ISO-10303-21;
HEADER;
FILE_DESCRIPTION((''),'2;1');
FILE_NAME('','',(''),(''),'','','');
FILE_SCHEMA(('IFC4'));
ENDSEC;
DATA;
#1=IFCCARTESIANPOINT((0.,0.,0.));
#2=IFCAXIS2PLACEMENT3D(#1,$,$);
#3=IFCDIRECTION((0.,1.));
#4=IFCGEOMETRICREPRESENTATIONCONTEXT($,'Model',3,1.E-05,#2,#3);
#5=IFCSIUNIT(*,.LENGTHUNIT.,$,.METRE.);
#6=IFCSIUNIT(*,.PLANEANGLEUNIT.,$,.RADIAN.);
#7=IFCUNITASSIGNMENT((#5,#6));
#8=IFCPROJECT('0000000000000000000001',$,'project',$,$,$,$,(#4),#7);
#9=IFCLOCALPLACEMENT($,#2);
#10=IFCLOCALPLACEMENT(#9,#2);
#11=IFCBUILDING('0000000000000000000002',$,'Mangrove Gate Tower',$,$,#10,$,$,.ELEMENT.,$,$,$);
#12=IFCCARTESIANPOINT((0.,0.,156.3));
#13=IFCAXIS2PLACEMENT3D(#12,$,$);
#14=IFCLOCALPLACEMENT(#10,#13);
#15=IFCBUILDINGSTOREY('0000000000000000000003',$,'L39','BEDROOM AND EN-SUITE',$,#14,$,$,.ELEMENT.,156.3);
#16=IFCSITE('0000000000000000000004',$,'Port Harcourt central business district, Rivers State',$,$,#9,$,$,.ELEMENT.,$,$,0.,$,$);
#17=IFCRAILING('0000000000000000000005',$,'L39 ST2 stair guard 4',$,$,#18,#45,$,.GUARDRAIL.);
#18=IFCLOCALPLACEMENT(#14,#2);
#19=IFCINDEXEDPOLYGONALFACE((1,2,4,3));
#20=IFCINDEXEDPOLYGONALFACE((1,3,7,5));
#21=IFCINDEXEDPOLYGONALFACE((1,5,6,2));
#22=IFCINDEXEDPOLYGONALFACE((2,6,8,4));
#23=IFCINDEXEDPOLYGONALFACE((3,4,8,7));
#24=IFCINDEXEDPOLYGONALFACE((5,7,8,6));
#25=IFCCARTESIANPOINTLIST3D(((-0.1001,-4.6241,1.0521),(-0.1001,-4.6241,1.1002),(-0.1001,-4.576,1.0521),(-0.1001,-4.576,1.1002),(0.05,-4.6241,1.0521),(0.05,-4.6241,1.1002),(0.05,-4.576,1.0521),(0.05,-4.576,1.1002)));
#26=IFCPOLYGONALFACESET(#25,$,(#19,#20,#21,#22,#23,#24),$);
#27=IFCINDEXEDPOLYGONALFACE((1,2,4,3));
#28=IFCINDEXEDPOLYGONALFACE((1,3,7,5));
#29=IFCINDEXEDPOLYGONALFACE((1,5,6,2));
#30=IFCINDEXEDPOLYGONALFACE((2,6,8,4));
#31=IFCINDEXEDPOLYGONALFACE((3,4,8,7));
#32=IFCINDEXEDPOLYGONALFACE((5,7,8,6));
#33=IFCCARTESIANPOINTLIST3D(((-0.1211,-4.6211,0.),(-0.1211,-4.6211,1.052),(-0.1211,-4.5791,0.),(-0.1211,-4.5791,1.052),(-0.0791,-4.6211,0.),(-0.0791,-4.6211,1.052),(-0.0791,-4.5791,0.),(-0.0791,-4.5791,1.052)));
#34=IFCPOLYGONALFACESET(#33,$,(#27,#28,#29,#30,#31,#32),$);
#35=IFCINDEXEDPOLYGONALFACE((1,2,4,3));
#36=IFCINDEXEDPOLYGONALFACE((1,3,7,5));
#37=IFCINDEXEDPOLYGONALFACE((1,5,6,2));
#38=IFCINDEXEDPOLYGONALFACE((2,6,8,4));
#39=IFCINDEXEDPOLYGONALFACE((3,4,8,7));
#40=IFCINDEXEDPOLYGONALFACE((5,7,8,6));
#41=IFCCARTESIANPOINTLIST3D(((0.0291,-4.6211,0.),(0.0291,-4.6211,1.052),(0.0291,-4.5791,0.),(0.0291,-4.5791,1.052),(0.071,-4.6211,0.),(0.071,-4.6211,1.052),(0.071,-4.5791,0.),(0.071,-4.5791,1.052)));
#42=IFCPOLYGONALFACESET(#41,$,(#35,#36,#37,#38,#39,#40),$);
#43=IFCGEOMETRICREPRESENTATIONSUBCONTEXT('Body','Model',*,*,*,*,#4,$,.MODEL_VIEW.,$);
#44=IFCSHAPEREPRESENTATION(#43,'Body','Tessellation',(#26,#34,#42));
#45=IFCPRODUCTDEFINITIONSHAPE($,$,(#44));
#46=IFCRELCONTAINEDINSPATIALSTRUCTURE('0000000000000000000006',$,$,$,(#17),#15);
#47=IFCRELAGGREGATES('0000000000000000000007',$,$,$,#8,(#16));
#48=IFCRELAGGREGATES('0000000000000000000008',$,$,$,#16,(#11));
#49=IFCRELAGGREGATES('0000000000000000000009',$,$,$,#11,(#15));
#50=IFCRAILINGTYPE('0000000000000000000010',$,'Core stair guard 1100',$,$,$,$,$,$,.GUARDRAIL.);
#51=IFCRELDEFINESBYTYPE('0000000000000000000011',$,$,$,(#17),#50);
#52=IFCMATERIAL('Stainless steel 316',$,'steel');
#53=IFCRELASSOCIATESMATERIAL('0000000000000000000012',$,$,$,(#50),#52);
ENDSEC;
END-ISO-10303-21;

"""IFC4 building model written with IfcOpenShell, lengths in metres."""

from ifc_helpers import new_model, si_unit, direction, frame, origin, origin_2d, place, context, subcontext, project, spatial, rectangle, extrude, material, type_object, element, save


model = new_model("IFC4")

# Units and contexts
model_context = context("Model", 3, precision=1e-05, world=origin(), true_north=direction((0.0, 1.0)))
body_context = subcontext(model_context, "Body", "Model", "MODEL_VIEW")
ifc_project = project(units=[si_unit("LENGTHUNIT", "METRE"), si_unit("PLANEANGLEUNIT", "RADIAN")], contexts=[model_context])

# Site, building, storey
site_placement = place(None, origin())
site = spatial("IfcSite", under=ifc_project, at=site_placement, Name="Port Harcourt central business district, Rivers State", CompositionType="ELEMENT", RefElevation=0.0)
building_placement = place(site_placement, origin())
building = spatial("IfcBuilding", under=site, at=building_placement, Name="Mangrove Gate Tower", CompositionType="ELEMENT")
storey_placement = place(building_placement, frame((0.0, 0.0, 156.3)))
storey = spatial("IfcBuildingStorey", under=building, at=storey_placement, Name="L39", Description="BEDROOM AND EN-SUITE", CompositionType="ELEMENT", Elevation=156.3)

# Railing
ifc_material_1 = material(Name="Stainless steel 316", Category="steel")
railing_type = type_object("IfcRailingType", Name="Core stair guard 1100", PredefinedType="GUARDRAIL", material=ifc_material_1)
railing_1_placement = place(storey_placement, frame((-0.1001, -4.6001, 0.0)))
element("IfcRailing", 1, at=railing_1_placement, inside=storey, type_object=railing_type, Name="L39 ST2 stair guard 4", PredefinedType="GUARDRAIL", context=body_context, shape_type="SweptSolid", body=[
    extrude(rectangle(XDim=0.0481, YDim=0.0481, at=origin_2d()), frame((0.0, 0.0, 1.0762), z_axis=(1.0, 0.0, 0.0), x_axis=(0.0, 1.0, 0.0)), (0.0, 0.0, 1.0), 0.1501),
    extrude(rectangle(XDim=0.042, YDim=0.042, at=origin_2d()), origin(), (0.0, 0.0, 1.0), 1.052),
    extrude(rectangle(XDim=0.042, YDim=0.042, at=origin_2d()), frame((0.1501, 0.0, 0.0)), (0.0, 0.0, 1.0), 1.052),
])

save(model, "model.ifc")
